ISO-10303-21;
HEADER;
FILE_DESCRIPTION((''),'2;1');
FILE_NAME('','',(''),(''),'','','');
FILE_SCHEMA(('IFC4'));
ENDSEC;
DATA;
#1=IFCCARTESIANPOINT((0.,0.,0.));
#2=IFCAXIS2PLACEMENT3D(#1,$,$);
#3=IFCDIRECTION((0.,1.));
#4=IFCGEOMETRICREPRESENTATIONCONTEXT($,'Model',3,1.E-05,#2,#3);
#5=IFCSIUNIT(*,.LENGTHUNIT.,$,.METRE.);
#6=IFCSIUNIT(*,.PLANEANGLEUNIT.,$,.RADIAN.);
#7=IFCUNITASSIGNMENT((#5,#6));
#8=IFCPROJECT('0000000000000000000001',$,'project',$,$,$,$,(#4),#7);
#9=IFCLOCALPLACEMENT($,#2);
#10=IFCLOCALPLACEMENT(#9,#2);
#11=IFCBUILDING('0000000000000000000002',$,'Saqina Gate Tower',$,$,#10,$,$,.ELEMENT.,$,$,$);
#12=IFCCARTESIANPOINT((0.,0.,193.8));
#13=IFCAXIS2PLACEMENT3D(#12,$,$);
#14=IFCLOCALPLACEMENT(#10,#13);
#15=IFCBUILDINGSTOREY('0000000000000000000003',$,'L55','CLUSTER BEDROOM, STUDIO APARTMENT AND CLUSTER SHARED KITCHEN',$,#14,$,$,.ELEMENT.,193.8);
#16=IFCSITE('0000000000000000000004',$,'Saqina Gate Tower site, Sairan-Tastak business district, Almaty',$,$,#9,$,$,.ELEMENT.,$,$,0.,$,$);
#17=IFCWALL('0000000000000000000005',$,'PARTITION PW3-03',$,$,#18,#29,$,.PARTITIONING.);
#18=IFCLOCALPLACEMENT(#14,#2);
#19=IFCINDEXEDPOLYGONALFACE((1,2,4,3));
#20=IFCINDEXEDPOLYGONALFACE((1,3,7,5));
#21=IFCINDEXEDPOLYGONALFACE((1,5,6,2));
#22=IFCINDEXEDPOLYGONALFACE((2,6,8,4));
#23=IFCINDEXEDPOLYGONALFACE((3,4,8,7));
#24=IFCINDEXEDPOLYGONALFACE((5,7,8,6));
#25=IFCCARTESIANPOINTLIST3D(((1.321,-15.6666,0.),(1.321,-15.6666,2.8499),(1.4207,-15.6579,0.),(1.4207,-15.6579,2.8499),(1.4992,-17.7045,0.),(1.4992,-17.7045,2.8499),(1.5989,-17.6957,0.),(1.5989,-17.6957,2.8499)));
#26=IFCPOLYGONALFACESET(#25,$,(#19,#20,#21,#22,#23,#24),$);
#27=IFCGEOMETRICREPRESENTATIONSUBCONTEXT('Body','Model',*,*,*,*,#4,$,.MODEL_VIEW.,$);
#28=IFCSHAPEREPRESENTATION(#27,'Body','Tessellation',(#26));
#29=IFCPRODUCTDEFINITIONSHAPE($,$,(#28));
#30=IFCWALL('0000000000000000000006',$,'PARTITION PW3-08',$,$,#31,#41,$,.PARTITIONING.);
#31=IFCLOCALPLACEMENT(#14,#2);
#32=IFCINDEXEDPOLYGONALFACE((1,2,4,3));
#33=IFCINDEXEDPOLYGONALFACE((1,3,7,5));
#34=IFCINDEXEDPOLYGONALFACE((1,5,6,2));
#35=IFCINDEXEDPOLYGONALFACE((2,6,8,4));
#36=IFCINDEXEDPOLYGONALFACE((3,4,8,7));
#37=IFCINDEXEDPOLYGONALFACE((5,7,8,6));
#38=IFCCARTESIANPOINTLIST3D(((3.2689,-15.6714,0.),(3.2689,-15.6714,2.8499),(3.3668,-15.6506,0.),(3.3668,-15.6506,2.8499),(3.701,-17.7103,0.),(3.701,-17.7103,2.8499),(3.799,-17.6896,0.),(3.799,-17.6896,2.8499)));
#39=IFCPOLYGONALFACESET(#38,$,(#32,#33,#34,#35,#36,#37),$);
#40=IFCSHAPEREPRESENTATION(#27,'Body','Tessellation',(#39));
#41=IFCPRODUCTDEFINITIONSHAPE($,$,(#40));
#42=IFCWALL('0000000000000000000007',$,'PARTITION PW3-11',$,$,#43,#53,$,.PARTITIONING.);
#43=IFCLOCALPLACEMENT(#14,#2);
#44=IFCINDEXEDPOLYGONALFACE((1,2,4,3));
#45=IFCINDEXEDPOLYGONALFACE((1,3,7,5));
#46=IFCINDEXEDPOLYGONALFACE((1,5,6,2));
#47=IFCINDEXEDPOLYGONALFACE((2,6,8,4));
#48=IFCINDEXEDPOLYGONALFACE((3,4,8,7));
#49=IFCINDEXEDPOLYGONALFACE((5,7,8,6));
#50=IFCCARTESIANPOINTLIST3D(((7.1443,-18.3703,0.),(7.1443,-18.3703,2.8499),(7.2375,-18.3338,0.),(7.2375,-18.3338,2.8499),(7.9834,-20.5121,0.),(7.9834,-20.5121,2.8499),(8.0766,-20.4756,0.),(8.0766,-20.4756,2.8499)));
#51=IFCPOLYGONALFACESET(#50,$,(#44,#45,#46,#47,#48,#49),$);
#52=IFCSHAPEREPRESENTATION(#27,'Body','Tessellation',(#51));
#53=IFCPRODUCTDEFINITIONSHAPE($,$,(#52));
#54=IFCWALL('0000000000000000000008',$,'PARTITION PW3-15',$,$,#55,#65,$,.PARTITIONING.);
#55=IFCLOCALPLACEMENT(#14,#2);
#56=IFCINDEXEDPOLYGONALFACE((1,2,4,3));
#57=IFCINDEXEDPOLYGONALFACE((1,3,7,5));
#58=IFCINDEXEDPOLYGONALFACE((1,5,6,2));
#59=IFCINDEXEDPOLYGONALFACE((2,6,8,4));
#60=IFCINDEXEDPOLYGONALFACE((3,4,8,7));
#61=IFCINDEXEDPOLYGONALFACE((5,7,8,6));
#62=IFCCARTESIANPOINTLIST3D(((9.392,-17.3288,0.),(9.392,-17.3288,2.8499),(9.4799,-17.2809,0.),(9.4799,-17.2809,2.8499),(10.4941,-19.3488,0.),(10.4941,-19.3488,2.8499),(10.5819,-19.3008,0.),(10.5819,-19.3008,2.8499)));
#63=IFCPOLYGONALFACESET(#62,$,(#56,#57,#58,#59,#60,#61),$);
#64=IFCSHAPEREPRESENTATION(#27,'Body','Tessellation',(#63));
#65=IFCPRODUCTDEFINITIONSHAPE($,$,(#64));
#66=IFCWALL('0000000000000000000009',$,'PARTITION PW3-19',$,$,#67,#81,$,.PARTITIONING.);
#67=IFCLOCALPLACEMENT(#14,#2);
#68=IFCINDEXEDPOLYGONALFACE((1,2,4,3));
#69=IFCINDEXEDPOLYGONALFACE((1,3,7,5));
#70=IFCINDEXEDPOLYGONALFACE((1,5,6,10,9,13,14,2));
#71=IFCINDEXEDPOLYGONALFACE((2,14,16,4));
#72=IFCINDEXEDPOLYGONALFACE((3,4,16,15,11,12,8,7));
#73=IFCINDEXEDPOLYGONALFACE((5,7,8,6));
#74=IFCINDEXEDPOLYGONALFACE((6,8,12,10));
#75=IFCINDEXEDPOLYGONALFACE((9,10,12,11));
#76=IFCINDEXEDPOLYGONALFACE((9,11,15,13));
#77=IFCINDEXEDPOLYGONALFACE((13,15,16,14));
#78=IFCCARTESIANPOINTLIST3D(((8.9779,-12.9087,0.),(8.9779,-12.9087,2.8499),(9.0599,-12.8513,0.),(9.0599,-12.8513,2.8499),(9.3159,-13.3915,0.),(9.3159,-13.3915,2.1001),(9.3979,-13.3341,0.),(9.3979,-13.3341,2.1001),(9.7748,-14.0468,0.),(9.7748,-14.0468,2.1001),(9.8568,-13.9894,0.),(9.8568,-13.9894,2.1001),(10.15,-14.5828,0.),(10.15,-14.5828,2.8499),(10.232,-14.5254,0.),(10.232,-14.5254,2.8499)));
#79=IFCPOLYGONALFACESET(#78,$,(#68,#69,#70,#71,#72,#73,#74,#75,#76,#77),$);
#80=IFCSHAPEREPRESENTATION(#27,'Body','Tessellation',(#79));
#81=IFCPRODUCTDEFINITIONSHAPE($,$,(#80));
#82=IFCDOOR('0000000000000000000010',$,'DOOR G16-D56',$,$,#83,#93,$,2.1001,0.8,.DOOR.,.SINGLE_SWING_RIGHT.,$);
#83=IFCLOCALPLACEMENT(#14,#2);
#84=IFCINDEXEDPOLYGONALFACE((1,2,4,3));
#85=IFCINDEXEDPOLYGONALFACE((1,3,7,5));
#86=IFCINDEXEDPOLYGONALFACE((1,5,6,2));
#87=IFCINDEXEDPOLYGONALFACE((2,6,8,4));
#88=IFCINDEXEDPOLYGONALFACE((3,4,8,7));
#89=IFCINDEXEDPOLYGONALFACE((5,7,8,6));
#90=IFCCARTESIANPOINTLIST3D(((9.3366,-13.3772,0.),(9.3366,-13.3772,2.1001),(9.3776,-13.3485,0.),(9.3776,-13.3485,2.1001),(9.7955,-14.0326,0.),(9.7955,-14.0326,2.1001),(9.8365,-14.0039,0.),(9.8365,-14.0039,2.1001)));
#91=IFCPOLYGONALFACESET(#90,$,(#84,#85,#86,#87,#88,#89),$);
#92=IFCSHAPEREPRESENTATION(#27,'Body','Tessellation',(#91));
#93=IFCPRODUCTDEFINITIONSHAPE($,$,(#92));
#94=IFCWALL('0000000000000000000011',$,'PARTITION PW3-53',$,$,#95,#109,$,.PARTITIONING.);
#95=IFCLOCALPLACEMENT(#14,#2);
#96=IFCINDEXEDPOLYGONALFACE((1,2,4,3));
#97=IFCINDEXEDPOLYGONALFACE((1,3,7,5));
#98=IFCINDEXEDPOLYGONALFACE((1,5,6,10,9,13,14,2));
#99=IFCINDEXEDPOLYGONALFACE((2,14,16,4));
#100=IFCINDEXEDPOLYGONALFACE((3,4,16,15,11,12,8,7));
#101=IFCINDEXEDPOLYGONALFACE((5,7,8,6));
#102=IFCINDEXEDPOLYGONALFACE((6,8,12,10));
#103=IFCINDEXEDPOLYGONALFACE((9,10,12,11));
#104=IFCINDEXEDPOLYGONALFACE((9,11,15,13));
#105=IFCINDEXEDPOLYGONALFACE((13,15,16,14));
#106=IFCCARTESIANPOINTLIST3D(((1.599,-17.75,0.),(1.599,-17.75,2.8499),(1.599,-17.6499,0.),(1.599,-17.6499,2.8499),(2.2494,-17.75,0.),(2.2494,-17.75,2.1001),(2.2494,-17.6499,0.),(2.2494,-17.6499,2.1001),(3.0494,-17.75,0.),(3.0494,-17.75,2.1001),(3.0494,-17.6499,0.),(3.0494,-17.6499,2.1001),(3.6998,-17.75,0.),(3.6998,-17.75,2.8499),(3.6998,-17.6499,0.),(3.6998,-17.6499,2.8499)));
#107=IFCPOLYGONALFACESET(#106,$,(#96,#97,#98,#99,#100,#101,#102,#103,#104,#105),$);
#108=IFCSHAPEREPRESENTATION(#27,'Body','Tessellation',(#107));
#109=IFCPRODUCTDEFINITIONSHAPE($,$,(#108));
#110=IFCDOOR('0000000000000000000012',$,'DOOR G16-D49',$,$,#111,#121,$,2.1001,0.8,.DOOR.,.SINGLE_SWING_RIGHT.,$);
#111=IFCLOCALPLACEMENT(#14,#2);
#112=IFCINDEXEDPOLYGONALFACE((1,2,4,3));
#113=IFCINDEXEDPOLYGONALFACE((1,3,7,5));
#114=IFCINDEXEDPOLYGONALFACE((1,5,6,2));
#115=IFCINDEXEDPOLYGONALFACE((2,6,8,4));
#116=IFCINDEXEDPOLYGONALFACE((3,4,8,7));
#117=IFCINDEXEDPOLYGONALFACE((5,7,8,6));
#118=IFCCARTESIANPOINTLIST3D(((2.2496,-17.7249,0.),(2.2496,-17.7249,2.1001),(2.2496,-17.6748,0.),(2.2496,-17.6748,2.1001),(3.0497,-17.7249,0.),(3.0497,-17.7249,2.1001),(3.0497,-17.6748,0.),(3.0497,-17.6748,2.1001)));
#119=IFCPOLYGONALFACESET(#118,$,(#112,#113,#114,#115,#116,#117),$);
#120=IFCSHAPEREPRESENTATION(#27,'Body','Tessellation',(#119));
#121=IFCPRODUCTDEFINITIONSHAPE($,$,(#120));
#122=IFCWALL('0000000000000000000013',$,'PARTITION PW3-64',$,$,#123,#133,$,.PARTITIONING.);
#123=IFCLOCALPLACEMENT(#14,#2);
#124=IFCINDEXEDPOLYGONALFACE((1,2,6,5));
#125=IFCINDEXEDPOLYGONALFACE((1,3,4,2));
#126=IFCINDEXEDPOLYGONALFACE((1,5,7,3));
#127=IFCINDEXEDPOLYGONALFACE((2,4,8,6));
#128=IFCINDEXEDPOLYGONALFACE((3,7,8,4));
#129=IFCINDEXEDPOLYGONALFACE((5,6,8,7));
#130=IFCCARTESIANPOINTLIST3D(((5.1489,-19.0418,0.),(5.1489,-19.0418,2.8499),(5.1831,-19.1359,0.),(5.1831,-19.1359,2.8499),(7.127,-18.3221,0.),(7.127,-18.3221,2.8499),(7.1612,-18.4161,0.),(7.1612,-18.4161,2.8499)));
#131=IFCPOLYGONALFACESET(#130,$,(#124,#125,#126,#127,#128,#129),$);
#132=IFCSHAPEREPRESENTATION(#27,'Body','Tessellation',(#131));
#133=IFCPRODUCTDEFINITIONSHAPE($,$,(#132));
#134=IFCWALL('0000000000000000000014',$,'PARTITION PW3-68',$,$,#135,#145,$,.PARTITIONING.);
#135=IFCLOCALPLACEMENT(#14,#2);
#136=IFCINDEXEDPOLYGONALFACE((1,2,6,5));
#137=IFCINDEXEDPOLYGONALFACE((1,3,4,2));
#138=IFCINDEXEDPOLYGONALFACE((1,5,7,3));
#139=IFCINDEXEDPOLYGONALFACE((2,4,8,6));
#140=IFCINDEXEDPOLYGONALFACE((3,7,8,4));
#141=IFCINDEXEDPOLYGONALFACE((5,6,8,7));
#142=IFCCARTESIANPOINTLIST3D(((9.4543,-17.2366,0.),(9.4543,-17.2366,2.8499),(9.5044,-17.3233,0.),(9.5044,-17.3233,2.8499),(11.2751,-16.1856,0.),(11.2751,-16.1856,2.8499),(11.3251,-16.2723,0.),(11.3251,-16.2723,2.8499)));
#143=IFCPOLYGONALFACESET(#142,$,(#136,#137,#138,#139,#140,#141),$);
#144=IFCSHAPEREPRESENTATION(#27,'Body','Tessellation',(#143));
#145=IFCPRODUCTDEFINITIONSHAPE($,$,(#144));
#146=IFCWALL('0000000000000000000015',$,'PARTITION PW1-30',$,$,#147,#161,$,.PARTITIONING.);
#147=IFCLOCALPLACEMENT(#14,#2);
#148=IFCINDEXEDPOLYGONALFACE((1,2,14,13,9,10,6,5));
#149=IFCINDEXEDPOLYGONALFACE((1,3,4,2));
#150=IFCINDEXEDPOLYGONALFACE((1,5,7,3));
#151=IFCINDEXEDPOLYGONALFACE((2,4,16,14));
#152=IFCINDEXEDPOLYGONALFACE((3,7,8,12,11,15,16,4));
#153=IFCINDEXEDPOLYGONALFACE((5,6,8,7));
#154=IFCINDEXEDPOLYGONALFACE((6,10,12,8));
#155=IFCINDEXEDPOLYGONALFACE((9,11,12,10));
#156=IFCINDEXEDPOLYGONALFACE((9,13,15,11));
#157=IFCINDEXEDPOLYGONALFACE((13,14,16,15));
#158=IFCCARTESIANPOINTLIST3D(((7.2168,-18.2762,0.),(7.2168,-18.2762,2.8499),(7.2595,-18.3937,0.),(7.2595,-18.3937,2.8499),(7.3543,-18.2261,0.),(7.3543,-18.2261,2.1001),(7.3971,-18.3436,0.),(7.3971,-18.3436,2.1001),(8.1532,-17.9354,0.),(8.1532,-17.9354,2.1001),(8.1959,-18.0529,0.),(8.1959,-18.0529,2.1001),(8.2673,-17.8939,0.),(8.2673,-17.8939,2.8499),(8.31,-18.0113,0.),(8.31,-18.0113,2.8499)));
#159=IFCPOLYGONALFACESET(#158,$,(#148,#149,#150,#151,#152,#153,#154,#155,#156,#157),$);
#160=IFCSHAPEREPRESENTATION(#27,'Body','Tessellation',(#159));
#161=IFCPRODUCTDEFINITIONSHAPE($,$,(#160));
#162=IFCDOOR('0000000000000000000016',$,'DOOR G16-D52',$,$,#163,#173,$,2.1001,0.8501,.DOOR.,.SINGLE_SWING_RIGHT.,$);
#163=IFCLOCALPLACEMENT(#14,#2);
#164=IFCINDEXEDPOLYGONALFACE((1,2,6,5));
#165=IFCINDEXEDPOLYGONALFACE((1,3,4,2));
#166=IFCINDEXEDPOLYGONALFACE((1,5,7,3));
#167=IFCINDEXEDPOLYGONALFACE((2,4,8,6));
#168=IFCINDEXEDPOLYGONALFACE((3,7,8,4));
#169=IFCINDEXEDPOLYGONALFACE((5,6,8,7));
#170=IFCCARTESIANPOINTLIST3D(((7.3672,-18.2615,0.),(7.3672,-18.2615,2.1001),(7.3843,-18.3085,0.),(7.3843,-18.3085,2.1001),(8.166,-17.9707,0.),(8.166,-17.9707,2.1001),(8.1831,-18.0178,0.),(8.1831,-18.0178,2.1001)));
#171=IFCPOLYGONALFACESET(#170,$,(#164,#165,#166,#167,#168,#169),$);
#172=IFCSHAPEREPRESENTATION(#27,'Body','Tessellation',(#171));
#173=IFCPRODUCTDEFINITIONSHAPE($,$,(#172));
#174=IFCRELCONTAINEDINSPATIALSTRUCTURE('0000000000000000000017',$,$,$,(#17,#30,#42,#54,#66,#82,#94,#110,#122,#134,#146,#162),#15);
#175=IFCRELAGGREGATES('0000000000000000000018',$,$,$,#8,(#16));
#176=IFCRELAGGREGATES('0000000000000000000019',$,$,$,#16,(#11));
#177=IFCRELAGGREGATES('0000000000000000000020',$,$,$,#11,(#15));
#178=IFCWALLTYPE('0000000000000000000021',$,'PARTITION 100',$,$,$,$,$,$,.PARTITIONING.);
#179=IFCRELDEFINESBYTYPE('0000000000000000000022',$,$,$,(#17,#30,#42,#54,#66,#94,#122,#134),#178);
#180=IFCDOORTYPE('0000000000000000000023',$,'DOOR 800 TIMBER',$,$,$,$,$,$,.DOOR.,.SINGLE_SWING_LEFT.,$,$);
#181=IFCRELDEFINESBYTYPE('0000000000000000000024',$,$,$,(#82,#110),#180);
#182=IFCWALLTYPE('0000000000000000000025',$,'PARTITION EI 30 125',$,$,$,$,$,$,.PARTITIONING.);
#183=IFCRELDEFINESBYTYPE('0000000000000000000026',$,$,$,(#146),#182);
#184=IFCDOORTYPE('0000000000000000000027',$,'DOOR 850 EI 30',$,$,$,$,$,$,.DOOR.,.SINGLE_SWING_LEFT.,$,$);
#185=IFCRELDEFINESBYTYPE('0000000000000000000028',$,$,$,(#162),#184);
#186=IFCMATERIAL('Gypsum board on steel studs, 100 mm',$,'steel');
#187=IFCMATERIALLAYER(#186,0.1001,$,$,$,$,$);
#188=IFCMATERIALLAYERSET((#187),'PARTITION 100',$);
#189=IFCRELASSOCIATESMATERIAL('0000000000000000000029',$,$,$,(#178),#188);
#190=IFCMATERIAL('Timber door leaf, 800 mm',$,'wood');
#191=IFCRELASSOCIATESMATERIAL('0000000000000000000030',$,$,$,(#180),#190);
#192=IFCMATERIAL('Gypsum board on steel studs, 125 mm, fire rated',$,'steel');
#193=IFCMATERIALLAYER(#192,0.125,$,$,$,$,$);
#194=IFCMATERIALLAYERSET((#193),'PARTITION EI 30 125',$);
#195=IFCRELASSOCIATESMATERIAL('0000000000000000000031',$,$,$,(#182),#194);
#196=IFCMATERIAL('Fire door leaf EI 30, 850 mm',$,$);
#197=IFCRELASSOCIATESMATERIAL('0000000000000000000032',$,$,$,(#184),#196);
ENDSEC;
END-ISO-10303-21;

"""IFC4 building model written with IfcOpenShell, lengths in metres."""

from ifc_helpers import new_model, si_unit, direction, frame, frame_2d, origin, place, context, subcontext, project, spatial, rectangle, extrude, material, layer, layer_set, type_object, element, fill, save


model = new_model("IFC4")

# Units and contexts
model_context = context("Model", 3, precision=1e-05, world=origin(), true_north=direction((0.0, 1.0)))
body_context = subcontext(model_context, "Body", "Model", "MODEL_VIEW")
ifc_project = project(units=[si_unit("LENGTHUNIT", "METRE"), si_unit("PLANEANGLEUNIT", "RADIAN")], contexts=[model_context])

# Site, building, storey
site_placement = place(None, origin())
site = spatial("IfcSite", under=ifc_project, at=site_placement, Name="Saqina Gate Tower site, Sairan-Tastak business district, Almaty", CompositionType="ELEMENT", RefElevation=0.0)
building_placement = place(site_placement, origin())
building = spatial("IfcBuilding", under=site, at=building_placement, Name="Saqina Gate Tower", CompositionType="ELEMENT")
storey_placement = place(building_placement, frame((0.0, 0.0, 193.8)))
storey = spatial("IfcBuildingStorey", under=building, at=storey_placement, Name="L55", Description="CLUSTER BEDROOM, STUDIO APARTMENT AND CLUSTER SHARED KITCHEN", CompositionType="ELEMENT", Elevation=193.8)

# Walls
ifc_material_1 = material(Name="Gypsum board on steel studs, 100 mm", Category="steel")
ifc_layer_1 = layer(ifc_material_1, 0.1001)
ifc_layer_set_1 = layer_set([ifc_layer_1], Name="PARTITION 100")
wall_type_1 = type_object("IfcWallType", Name="PARTITION 100", PredefinedType="PARTITIONING", material=ifc_layer_set_1)
wall_1_placement = place(storey_placement, frame((1.3708, -15.6621, 0.0), z_axis=(0.0, 0.0, 1.0), x_axis=(0.087124, -0.996197, 0.0)))
element("IfcWall", 1, at=wall_1_placement, inside=storey, type_object=wall_type_1, Name="PARTITION PW3-03", PredefinedType="PARTITIONING", context=body_context, shape_type="SweptSolid", body=[
    extrude(rectangle(XDim=2.0457, YDim=0.1001, at=frame_2d((1.0229, 0.0))), origin(), (0.0, 0.0, 1.0), 2.8499),
])
wall_2_placement = place(storey_placement, frame((3.3179, -15.6611, 0.0), z_axis=(0.0, 0.0, 1.0), x_axis=(0.207345, -0.978268, 0.0)))
element("IfcWall", 2, at=wall_2_placement, inside=storey, type_object=wall_type_1, Name="PARTITION PW3-08", PredefinedType="PARTITIONING", context=body_context, shape_type="SweptSolid", body=[
    extrude(rectangle(XDim=2.0842, YDim=0.1001, at=frame_2d((1.042, 0.0))), origin(), (0.0, 0.0, 1.0), 2.8499),
])
wall_3_placement = place(storey_placement, frame((7.1909, -18.3521, 0.0), z_axis=(0.0, 0.0, 1.0), x_axis=(0.364775, -0.931096, 0.0)))
element("IfcWall", 3, at=wall_3_placement, inside=storey, type_object=wall_type_1, Name="PARTITION PW3-11", PredefinedType="PARTITIONING", context=body_context, shape_type="SweptSolid", body=[
    extrude(rectangle(XDim=2.3003, YDim=0.1001, at=frame_2d((1.1501, 0.0))), origin(), (0.0, 0.0, 1.0), 2.8499),
])
wall_4_placement = place(storey_placement, frame((9.436, -17.3049, 0.0), z_axis=(0.0, 0.0, 1.0), x_axis=(0.478926, -0.877855, 0.0)))
element("IfcWall", 4, at=wall_4_placement, inside=storey, type_object=wall_type_1, Name="PARTITION PW3-15", PredefinedType="PARTITIONING", context=body_context, shape_type="SweptSolid", body=[
    extrude(rectangle(XDim=2.301, YDim=0.1001, at=frame_2d((1.1504, 0.0))), origin(), (0.0, 0.0, 1.0), 2.8499),
])

# Walls, openings, doors
wall_5_placement = place(storey_placement, frame((9.0188, -12.8799, 0.0), z_axis=(0.0, 0.0, 1.0), x_axis=(0.573551, -0.81917, 0.0)))
wall_5 = element("IfcWall", 5, at=wall_5_placement, inside=storey, type_object=wall_type_1, Name="PARTITION PW3-19", PredefinedType="PARTITIONING", context=body_context, shape_type="SweptSolid", body=[
    extrude(rectangle(XDim=2.0437, YDim=0.1001, at=frame_2d((1.022, 0.0))), origin(), (0.0, 0.0, 1.0), 2.8499),
])
opening_1_placement = place(wall_5_placement, frame((0.5896, 0.0, 0.0)))
opening_1 = element("IfcOpeningElement", 6, at=opening_1_placement, cuts=wall_5, PredefinedType="OPENING", context=body_context, shape_type="SweptSolid", body=[
    extrude(rectangle(XDim=0.8, YDim=2.1001, at=frame_2d((0.3999, 1.05))), frame((0.0, 0.062, 0.0), z_axis=(0.0, -1.0, 0.0), x_axis=(1.0, 0.0, 0.0)), (0.0, 0.0, 1.0), 0.124),
])
ifc_material_2 = material(Name="Timber door leaf, 800 mm", Category="wood")
door_type_1 = type_object("IfcDoorType", Name="DOOR 800 TIMBER", OperationType="SINGLE_SWING_LEFT", PredefinedType="DOOR", material=ifc_material_2)
door_1_placement = place(opening_1_placement, frame((0.8, 0.0, 0.0), z_axis=(0.0, 0.0, 1.0), x_axis=(-1.0, 0.0, 0.0)))
door_1 = element("IfcDoor", 7, at=door_1_placement, inside=storey, type_object=door_type_1, Name="DOOR G16-D56", OperationType="SINGLE_SWING_RIGHT", OverallHeight=2.1001, OverallWidth=0.8, PredefinedType="DOOR", context=body_context, shape_type="SweptSolid", body=[
    extrude(rectangle(XDim=0.8, YDim=2.1001, at=frame_2d((0.3999, 1.05))), frame((0.0, 0.0249, 0.0), z_axis=(0.0, -1.0, 0.0), x_axis=(1.0, 0.0, 0.0)), (0.0, 0.0, 1.0), 0.05),
])
fill(opening_1, door_1)
wall_6_placement = place(storey_placement, frame((1.5991, -17.7, 0.0), z_axis=(0.0, 0.0, 1.0), x_axis=(1.0, 0.0, 0.0)))
wall_6 = element("IfcWall", 8, at=wall_6_placement, inside=storey, type_object=wall_type_1, Name="PARTITION PW3-53", PredefinedType="PARTITIONING", context=body_context, shape_type="SweptSolid", body=[
    extrude(rectangle(XDim=2.1008, YDim=0.1001, at=frame_2d((1.0503, 0.0))), origin(), (0.0, 0.0, 1.0), 2.8499),
])
opening_2_placement = place(wall_6_placement, frame((0.6504, 0.0, 0.0)))
opening_2 = element("IfcOpeningElement", 9, at=opening_2_placement, cuts=wall_6, PredefinedType="OPENING", context=body_context, shape_type="SweptSolid", body=[
    extrude(rectangle(XDim=0.8, YDim=2.1001, at=frame_2d((0.3999, 1.05))), frame((0.0, 0.062, 0.0), z_axis=(0.0, -1.0, 0.0), x_axis=(1.0, 0.0, 0.0)), (0.0, 0.0, 1.0), 0.124),
])
door_2_placement = place(opening_2_placement, frame((0.8, 0.0, 0.0), z_axis=(0.0, 0.0, 1.0), x_axis=(-1.0, 0.0, 0.0)))
door_2 = element("IfcDoor", 10, at=door_2_placement, inside=storey, type_object=door_type_1, Name="DOOR G16-D49", OperationType="SINGLE_SWING_RIGHT", OverallHeight=2.1001, OverallWidth=0.8, PredefinedType="DOOR", context=body_context, shape_type="SweptSolid", body=[
    extrude(rectangle(XDim=0.8, YDim=2.1001, at=frame_2d((0.3999, 1.05))), frame((0.0, 0.0249, 0.0), z_axis=(0.0, -1.0, 0.0), x_axis=(1.0, 0.0, 0.0)), (0.0, 0.0, 1.0), 0.05),
])
fill(opening_2, door_2)

# Walls
wall_7_placement = place(storey_placement, frame((5.166, -19.0889, 0.0), z_axis=(0.0, 0.0, 1.0), x_axis=(0.939726, 0.341929, 0.0)))
element("IfcWall", 11, at=wall_7_placement, inside=storey, type_object=wall_type_1, Name="PARTITION PW3-64", PredefinedType="PARTITIONING", context=body_context, shape_type="SweptSolid", body=[
    extrude(rectangle(XDim=2.105, YDim=0.1001, at=frame_2d((1.0525, 0.0))), origin(), (0.0, 0.0, 1.0), 2.8499),
])
wall_8_placement = place(storey_placement, frame((9.4792, -17.28, 0.0), z_axis=(0.0, 0.0, 1.0), x_axis=(0.86607, 0.499924, 0.0)))
element("IfcWall", 12, at=wall_8_placement, inside=storey, type_object=wall_type_1, Name="PARTITION PW3-68", PredefinedType="PARTITIONING", context=body_context, shape_type="SweptSolid", body=[
    extrude(rectangle(XDim=2.1023, YDim=0.1001, at=frame_2d((1.0513, 0.0))), origin(), (0.0, 0.0, 1.0), 2.8499),
])

# Wall, opening, door
ifc_material_3 = material(Name="Gypsum board on steel studs, 125 mm, fire rated", Category="steel")
ifc_layer_2 = layer(ifc_material_3, 0.125)
ifc_layer_set_2 = layer_set([ifc_layer_2], Name="PARTITION EI 30 125")
wall_type_2 = type_object("IfcWallType", Name="PARTITION EI 30 125", PredefinedType="PARTITIONING", material=ifc_layer_set_2)
wall_9_placement = place(storey_placement, frame((7.238, -18.335, 0.0), z_axis=(0.0, 0.0, 1.0), x_axis=(0.939704, 0.341989, 0.0)))
wall_9 = element("IfcWall", 13, at=wall_9_placement, inside=storey, type_object=wall_type_2, Name="PARTITION PW1-30", PredefinedType="PARTITIONING", context=body_context, shape_type="SweptSolid", body=[
    extrude(rectangle(XDim=1.1179, YDim=0.125, at=frame_2d((0.5591, 0.0))), origin(), (0.0, 0.0, 1.0), 2.8499),
])
opening_3_placement = place(wall_9_placement, frame((0.1465, 0.0, 0.0)))
opening_3 = element("IfcOpeningElement", 14, at=opening_3_placement, cuts=wall_9, PredefinedType="OPENING", context=body_context, shape_type="SweptSolid", body=[
    extrude(rectangle(XDim=0.8501, YDim=2.1001, at=frame_2d((0.425, 1.05))), frame((0.0, 0.0745, 0.0), z_axis=(0.0, -1.0, 0.0), x_axis=(1.0, 0.0, 0.0)), (0.0, 0.0, 1.0), 0.1489),
])
ifc_material_4 = material(Name="Fire door leaf EI 30, 850 mm")
door_type_2 = type_object("IfcDoorType", Name="DOOR 850 EI 30", OperationType="SINGLE_SWING_LEFT", PredefinedType="DOOR", material=ifc_material_4)
door_3_placement = place(opening_3_placement, origin())
door_3 = element("IfcDoor", 15, at=door_3_placement, inside=storey, type_object=door_type_2, Name="DOOR G16-D52", OperationType="SINGLE_SWING_RIGHT", OverallHeight=2.1001, OverallWidth=0.8501, PredefinedType="DOOR", context=body_context, shape_type="SweptSolid", body=[
    extrude(rectangle(XDim=0.8501, YDim=2.1001, at=frame_2d((0.425, 1.05))), frame((0.0, 0.0249, 0.0), z_axis=(0.0, -1.0, 0.0), x_axis=(1.0, 0.0, 0.0)), (0.0, 0.0, 1.0), 0.05),
])
fill(opening_3, door_3)

save(model, "model.ifc")
